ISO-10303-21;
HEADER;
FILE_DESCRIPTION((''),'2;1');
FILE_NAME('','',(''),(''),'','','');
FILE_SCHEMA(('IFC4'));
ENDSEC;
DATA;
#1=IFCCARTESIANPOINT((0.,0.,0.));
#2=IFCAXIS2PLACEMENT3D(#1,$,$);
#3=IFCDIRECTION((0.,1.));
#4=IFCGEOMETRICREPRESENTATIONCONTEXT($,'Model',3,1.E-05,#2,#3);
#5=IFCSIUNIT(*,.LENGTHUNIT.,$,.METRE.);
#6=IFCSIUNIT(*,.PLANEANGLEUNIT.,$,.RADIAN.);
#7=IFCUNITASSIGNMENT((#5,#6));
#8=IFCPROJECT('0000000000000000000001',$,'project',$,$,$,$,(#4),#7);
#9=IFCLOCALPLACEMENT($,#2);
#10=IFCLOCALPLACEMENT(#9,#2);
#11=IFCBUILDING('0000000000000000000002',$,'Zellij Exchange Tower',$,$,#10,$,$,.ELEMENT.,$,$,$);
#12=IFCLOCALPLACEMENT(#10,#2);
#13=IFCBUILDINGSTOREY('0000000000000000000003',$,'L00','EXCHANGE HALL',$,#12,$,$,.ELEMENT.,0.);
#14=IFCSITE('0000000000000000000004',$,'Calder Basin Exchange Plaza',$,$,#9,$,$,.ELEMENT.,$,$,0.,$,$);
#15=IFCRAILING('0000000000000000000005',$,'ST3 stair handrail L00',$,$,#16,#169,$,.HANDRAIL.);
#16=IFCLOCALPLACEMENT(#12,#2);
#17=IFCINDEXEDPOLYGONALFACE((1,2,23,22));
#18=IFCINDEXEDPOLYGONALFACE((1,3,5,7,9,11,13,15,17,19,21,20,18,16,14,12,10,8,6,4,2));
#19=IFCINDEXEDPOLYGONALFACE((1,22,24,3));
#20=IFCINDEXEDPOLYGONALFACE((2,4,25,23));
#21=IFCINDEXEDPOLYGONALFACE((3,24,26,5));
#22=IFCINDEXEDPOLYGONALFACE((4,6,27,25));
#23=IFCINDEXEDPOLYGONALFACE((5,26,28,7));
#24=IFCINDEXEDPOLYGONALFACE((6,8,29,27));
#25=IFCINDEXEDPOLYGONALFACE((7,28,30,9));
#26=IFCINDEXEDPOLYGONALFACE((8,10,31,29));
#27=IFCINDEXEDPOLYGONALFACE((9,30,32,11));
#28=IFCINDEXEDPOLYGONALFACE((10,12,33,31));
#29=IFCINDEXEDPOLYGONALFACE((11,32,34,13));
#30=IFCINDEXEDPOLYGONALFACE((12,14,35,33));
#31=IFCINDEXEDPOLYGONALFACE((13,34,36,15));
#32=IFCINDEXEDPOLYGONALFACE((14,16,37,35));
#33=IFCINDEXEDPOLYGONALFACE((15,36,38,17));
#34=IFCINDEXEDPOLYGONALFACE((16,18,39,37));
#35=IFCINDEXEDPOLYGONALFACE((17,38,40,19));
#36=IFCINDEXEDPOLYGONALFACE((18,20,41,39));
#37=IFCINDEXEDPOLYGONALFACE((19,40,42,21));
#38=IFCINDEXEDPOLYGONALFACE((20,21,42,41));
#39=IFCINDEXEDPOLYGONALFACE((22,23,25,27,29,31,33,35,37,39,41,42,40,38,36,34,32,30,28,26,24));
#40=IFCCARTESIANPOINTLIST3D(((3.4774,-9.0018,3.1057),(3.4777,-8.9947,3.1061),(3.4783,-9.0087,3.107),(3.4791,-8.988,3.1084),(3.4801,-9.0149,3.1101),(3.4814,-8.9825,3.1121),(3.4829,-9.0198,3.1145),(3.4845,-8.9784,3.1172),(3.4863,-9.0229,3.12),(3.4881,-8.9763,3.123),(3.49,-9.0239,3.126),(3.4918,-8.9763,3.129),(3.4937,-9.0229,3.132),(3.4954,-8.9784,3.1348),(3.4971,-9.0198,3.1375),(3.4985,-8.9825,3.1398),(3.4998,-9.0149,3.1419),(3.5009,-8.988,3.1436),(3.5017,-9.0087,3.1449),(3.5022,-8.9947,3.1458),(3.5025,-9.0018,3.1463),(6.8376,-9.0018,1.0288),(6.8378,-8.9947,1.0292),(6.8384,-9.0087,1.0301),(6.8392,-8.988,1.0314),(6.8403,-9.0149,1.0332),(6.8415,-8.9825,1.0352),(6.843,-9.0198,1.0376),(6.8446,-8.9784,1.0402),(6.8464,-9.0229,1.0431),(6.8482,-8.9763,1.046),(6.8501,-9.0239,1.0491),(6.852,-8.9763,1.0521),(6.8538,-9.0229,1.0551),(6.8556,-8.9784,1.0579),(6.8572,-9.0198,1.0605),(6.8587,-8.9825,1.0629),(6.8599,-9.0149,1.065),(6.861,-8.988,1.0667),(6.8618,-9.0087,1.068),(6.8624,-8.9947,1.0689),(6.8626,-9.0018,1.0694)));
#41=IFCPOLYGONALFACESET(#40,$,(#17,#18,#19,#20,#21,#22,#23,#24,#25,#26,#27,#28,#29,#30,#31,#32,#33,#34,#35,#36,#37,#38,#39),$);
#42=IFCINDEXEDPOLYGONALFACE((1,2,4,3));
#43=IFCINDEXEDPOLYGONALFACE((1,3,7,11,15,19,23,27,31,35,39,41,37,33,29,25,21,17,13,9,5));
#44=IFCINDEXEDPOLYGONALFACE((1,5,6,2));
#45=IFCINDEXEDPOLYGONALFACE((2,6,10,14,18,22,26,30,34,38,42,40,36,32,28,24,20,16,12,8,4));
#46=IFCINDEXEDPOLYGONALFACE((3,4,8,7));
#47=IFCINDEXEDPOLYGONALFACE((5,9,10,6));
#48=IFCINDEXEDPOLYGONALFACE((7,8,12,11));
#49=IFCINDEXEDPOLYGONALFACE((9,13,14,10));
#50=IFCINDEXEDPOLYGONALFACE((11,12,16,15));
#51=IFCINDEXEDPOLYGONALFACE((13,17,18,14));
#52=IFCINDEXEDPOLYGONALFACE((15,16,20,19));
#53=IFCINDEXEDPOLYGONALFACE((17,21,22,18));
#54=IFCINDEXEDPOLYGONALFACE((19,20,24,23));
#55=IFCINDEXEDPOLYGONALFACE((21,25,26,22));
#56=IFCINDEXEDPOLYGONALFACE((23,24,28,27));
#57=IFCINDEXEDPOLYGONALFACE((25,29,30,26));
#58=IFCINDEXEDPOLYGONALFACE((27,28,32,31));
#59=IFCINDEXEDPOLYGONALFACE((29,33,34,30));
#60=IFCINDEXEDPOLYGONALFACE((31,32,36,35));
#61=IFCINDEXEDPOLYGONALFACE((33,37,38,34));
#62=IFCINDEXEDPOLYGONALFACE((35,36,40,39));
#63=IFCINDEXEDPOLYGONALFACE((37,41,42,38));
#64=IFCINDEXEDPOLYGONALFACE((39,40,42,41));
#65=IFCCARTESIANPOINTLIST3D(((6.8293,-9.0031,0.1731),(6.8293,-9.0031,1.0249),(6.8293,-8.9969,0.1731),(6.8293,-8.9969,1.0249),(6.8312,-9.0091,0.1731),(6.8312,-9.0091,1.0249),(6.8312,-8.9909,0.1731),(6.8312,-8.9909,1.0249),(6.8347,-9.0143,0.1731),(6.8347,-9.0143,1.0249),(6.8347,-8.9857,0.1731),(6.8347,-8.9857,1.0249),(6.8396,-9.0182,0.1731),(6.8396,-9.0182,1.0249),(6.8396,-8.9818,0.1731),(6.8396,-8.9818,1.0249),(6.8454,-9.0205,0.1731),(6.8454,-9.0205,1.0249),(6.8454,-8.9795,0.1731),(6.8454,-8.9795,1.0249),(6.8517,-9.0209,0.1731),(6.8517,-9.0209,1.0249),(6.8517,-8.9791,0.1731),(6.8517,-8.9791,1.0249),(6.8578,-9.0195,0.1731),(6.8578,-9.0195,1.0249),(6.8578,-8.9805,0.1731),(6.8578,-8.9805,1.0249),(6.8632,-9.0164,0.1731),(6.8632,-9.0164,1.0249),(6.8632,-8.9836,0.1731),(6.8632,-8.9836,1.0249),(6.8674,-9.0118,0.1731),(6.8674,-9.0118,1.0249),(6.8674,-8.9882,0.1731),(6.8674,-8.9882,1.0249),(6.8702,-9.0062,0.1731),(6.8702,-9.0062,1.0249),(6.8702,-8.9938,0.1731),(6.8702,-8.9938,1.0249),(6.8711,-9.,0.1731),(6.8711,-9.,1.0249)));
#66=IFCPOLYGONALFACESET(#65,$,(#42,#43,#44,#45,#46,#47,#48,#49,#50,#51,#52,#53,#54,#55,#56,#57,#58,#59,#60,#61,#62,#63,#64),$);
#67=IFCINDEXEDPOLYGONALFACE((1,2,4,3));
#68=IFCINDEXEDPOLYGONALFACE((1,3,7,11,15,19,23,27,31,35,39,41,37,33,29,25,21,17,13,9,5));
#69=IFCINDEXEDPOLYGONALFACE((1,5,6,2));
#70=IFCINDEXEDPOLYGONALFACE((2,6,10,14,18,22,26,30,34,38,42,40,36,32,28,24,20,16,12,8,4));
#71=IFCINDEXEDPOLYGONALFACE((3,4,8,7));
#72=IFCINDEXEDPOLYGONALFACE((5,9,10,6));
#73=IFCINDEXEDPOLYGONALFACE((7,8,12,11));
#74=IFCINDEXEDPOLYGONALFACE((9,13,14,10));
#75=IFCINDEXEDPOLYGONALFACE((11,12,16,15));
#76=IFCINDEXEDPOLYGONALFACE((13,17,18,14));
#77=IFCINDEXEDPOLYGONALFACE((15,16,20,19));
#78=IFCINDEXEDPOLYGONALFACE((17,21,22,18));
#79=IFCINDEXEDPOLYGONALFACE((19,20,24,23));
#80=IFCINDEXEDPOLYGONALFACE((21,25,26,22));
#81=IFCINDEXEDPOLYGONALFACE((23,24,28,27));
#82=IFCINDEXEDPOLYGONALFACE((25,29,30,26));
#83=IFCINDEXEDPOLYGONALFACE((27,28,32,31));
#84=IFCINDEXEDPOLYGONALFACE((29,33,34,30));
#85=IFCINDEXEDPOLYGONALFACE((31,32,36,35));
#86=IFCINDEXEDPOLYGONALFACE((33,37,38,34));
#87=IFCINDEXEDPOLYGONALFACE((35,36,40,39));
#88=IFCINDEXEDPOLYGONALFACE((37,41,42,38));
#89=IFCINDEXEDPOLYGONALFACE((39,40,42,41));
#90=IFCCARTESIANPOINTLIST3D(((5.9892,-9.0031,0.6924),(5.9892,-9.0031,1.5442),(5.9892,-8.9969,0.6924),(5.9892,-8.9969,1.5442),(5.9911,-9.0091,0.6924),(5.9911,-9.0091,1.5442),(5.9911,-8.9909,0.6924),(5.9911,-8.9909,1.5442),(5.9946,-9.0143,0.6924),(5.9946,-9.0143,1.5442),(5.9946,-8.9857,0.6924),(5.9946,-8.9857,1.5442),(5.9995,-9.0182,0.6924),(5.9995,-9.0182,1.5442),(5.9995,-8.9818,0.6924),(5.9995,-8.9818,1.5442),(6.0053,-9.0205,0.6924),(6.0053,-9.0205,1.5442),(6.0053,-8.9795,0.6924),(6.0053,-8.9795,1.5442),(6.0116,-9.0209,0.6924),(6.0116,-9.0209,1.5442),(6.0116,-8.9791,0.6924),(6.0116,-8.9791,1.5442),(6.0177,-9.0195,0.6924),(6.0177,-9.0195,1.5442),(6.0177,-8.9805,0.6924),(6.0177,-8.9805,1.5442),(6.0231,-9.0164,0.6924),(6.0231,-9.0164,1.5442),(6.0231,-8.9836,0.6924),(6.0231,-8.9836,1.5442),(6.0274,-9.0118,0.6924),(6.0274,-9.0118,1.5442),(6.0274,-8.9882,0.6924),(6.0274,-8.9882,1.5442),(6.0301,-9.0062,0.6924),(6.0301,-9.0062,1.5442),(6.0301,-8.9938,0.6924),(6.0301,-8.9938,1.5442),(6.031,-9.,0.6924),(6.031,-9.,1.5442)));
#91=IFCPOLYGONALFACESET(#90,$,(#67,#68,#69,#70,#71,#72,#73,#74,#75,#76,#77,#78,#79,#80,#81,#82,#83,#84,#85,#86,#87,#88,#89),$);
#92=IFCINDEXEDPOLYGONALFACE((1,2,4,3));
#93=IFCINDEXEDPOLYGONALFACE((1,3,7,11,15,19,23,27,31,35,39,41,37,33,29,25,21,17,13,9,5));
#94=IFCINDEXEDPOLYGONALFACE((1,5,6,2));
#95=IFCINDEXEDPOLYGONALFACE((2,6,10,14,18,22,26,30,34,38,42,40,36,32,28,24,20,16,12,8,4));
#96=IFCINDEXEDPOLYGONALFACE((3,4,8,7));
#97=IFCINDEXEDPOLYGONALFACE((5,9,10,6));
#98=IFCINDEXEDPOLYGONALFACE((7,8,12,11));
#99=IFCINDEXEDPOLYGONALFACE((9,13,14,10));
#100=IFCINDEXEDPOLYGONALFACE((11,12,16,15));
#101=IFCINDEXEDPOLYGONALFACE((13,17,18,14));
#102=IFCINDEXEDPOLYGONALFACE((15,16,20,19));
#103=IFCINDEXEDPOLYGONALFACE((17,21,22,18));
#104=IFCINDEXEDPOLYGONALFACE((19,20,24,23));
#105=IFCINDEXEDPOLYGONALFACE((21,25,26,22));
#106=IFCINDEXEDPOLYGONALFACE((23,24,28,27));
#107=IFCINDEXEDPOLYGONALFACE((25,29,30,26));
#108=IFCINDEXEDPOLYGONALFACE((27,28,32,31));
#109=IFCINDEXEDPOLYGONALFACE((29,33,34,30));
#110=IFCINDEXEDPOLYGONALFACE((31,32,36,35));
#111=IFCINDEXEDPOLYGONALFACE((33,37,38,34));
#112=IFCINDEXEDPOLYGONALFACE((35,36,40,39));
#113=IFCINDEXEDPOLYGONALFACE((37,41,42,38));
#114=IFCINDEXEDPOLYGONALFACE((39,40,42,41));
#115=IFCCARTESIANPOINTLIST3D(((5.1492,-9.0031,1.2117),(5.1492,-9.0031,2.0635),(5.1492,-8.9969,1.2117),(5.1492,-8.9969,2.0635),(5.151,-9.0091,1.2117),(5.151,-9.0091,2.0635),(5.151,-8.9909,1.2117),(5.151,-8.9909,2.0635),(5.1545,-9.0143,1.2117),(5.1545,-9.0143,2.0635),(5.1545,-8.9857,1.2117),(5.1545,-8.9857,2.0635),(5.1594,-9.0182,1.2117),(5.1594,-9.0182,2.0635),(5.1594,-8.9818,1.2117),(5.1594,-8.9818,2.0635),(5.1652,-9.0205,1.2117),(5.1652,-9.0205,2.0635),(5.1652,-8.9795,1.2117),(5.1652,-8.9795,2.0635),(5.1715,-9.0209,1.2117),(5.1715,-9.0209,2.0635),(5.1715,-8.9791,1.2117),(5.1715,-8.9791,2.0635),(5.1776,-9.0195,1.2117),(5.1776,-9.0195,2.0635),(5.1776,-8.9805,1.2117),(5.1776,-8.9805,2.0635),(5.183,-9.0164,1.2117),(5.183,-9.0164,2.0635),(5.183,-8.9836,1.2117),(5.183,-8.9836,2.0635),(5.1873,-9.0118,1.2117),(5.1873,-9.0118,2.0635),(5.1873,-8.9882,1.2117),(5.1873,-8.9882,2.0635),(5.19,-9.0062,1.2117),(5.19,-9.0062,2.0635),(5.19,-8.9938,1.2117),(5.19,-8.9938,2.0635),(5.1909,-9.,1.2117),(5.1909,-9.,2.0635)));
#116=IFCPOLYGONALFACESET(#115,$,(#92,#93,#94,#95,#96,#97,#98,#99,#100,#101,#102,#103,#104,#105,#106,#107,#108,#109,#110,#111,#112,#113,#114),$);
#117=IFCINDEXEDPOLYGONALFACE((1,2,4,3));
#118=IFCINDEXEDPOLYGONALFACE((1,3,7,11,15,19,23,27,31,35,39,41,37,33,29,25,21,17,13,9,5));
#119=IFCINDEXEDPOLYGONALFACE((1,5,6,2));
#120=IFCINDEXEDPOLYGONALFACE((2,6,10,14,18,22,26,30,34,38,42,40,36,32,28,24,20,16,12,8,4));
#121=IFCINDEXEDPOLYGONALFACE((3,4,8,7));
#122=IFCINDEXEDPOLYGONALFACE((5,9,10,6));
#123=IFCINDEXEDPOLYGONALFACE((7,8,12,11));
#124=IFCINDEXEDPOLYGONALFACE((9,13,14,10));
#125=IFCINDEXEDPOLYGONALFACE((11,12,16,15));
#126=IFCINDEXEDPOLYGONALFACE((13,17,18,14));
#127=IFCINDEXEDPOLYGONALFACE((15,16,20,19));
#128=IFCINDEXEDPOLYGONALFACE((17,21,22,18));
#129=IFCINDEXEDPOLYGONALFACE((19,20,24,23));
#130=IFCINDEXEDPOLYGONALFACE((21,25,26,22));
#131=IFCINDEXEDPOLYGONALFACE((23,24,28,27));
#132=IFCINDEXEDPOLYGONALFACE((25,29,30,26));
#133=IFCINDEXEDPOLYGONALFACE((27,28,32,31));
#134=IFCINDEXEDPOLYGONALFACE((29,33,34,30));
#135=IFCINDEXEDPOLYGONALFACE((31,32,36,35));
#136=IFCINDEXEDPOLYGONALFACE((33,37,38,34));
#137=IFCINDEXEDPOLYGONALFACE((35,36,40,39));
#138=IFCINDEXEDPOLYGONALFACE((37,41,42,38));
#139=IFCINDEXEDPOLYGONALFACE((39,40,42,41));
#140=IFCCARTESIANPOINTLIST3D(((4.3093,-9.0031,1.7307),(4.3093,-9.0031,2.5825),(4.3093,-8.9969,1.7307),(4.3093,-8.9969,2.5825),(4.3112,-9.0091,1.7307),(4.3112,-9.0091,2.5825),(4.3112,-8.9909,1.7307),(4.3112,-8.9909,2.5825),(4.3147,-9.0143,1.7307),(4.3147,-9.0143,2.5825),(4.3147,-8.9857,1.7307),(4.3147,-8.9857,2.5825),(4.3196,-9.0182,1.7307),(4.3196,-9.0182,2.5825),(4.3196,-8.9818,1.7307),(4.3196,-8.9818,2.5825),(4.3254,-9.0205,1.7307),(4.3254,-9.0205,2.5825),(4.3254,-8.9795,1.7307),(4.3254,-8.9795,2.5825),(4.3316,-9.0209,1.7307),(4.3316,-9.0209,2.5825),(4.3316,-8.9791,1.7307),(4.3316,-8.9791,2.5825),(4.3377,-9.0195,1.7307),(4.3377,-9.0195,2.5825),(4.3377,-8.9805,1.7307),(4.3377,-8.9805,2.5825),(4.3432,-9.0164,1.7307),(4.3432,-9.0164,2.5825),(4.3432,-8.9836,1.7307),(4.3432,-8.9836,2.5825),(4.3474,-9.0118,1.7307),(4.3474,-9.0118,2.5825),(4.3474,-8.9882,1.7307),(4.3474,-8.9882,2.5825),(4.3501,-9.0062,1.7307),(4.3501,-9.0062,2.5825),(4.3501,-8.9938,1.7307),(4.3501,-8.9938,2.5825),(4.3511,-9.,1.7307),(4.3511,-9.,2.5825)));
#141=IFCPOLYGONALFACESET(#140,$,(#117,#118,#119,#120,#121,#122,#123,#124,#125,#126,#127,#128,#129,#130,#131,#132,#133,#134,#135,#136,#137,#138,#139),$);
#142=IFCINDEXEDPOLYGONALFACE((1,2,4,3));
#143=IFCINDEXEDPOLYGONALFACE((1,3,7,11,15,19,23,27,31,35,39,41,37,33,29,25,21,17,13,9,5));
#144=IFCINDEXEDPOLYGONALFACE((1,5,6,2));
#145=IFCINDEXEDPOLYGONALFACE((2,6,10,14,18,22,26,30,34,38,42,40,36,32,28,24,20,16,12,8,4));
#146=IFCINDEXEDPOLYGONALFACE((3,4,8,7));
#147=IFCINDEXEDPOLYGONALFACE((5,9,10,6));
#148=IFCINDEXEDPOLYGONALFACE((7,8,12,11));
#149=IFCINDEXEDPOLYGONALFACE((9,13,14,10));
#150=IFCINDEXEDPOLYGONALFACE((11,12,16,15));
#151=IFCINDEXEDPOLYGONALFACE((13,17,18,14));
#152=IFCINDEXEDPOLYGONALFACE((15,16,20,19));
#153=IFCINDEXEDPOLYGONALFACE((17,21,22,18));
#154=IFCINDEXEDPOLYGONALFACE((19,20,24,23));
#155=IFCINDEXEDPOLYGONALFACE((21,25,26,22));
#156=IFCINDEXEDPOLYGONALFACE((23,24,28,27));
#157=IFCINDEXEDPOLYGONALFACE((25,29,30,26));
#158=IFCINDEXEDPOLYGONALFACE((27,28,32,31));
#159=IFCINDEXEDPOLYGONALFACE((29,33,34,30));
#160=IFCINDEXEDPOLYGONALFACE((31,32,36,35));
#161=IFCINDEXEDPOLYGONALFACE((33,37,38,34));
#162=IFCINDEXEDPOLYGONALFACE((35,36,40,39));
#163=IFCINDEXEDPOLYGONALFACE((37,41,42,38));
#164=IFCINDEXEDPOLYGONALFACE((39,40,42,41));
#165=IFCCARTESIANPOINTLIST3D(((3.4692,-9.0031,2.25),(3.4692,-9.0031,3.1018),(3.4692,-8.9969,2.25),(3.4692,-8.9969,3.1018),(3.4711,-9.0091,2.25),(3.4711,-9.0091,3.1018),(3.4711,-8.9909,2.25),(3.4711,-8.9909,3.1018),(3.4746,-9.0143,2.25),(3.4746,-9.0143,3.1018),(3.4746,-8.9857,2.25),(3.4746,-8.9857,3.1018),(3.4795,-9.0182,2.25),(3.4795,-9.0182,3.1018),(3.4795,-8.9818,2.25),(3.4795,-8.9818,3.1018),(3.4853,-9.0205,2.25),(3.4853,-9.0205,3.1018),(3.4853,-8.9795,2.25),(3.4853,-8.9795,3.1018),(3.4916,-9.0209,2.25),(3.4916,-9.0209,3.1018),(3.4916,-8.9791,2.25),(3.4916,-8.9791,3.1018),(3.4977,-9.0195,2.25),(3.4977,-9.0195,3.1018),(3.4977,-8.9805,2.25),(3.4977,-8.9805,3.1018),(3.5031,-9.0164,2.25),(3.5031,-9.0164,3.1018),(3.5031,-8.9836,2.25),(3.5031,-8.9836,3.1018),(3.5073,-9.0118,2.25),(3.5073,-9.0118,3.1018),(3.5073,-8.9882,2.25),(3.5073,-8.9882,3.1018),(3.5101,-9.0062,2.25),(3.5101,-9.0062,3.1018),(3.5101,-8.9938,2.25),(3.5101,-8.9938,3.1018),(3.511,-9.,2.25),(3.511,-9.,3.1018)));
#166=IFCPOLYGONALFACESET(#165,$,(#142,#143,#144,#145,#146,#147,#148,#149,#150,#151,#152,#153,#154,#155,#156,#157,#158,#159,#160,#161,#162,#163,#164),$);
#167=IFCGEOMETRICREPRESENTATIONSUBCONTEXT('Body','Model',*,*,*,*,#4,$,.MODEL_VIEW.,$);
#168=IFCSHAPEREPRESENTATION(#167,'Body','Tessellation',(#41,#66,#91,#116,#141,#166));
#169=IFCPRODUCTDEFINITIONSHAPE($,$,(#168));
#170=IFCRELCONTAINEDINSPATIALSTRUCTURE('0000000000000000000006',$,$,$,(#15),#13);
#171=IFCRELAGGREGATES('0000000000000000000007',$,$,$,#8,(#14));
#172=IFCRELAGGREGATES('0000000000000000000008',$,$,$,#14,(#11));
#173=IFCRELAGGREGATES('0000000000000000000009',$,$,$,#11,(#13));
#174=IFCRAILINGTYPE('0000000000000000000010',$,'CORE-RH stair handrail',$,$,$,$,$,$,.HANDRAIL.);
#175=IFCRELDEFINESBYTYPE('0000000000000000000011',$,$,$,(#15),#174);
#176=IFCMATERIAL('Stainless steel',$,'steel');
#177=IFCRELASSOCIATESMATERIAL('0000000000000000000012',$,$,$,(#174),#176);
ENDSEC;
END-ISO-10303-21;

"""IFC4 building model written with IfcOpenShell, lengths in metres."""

from ifc_helpers import new_model, si_unit, direction, frame, origin, origin_2d, place, context, subcontext, project, spatial, circle, extrude, material, type_object, element, save


model = new_model("IFC4")

# Units and contexts
model_context = context("Model", 3, precision=1e-05, world=origin(), true_north=direction((0.0, 1.0)))
body_context = subcontext(model_context, "Body", "Model", "MODEL_VIEW")
ifc_project = project(units=[si_unit("LENGTHUNIT", "METRE"), si_unit("PLANEANGLEUNIT", "RADIAN")], contexts=[model_context])

# Site, building, storey
site_placement = place(None, origin())
site = spatial("IfcSite", under=ifc_project, at=site_placement, Name="Calder Basin Exchange Plaza", CompositionType="ELEMENT", RefElevation=0.0)
building_placement = place(site_placement, origin())
building = spatial("IfcBuilding", under=site, at=building_placement, Name="Zellij Exchange Tower", CompositionType="ELEMENT")
storey_placement = place(building_placement, origin())
storey = spatial("IfcBuildingStorey", under=building, at=storey_placement, Name="L00", Description="EXCHANGE HALL", CompositionType="ELEMENT", Elevation=0.0)

# Railing
ifc_material_1 = material(Name="Stainless steel", Category="steel")
railing_type = type_object("IfcRailingType", Name="CORE-RH stair handrail", PredefinedType="HANDRAIL", material=ifc_material_1)
for number, where, name in (
    (1, (6.8501, -9.0, 0.1731), "ST3 stair handrail L00"),
):
    element("IfcRailing", number, at=place(storey_placement, frame(where)), inside=storey, type_object=railing_type, Name=name, PredefinedType="HANDRAIL", context=body_context, shape_type="SweptSolid", body=[
        extrude(circle(Radius=0.0239, at=origin_2d()), frame((0.0, 0.0, 0.876), z_axis=(-0.850623, 0.0, 0.525776), x_axis=(0.0, -1.0, 0.0)), (0.0, 0.0, 1.0), 3.9502),
        extrude(circle(Radius=0.021, at=origin_2d()), origin(), (0.0, 0.0, 1.0), 0.8518),
        extrude(circle(Radius=0.021, at=origin_2d()), frame((-0.8401, 0.0, 0.5193)), (0.0, 0.0, 1.0), 0.8518),
        extrude(circle(Radius=0.021, at=origin_2d()), frame((-1.6802, 0.0, 1.0386)), (0.0, 0.0, 1.0), 0.8518),
        extrude(circle(Radius=0.021, at=origin_2d()), frame((-2.52, 0.0, 1.5576)), (0.0, 0.0, 1.0), 0.8518),
        extrude(circle(Radius=0.021, at=origin_2d()), frame((-3.3601, 0.0, 2.0769)), (0.0, 0.0, 1.0), 0.8518),
    ])

save(model, "model.ifc")
